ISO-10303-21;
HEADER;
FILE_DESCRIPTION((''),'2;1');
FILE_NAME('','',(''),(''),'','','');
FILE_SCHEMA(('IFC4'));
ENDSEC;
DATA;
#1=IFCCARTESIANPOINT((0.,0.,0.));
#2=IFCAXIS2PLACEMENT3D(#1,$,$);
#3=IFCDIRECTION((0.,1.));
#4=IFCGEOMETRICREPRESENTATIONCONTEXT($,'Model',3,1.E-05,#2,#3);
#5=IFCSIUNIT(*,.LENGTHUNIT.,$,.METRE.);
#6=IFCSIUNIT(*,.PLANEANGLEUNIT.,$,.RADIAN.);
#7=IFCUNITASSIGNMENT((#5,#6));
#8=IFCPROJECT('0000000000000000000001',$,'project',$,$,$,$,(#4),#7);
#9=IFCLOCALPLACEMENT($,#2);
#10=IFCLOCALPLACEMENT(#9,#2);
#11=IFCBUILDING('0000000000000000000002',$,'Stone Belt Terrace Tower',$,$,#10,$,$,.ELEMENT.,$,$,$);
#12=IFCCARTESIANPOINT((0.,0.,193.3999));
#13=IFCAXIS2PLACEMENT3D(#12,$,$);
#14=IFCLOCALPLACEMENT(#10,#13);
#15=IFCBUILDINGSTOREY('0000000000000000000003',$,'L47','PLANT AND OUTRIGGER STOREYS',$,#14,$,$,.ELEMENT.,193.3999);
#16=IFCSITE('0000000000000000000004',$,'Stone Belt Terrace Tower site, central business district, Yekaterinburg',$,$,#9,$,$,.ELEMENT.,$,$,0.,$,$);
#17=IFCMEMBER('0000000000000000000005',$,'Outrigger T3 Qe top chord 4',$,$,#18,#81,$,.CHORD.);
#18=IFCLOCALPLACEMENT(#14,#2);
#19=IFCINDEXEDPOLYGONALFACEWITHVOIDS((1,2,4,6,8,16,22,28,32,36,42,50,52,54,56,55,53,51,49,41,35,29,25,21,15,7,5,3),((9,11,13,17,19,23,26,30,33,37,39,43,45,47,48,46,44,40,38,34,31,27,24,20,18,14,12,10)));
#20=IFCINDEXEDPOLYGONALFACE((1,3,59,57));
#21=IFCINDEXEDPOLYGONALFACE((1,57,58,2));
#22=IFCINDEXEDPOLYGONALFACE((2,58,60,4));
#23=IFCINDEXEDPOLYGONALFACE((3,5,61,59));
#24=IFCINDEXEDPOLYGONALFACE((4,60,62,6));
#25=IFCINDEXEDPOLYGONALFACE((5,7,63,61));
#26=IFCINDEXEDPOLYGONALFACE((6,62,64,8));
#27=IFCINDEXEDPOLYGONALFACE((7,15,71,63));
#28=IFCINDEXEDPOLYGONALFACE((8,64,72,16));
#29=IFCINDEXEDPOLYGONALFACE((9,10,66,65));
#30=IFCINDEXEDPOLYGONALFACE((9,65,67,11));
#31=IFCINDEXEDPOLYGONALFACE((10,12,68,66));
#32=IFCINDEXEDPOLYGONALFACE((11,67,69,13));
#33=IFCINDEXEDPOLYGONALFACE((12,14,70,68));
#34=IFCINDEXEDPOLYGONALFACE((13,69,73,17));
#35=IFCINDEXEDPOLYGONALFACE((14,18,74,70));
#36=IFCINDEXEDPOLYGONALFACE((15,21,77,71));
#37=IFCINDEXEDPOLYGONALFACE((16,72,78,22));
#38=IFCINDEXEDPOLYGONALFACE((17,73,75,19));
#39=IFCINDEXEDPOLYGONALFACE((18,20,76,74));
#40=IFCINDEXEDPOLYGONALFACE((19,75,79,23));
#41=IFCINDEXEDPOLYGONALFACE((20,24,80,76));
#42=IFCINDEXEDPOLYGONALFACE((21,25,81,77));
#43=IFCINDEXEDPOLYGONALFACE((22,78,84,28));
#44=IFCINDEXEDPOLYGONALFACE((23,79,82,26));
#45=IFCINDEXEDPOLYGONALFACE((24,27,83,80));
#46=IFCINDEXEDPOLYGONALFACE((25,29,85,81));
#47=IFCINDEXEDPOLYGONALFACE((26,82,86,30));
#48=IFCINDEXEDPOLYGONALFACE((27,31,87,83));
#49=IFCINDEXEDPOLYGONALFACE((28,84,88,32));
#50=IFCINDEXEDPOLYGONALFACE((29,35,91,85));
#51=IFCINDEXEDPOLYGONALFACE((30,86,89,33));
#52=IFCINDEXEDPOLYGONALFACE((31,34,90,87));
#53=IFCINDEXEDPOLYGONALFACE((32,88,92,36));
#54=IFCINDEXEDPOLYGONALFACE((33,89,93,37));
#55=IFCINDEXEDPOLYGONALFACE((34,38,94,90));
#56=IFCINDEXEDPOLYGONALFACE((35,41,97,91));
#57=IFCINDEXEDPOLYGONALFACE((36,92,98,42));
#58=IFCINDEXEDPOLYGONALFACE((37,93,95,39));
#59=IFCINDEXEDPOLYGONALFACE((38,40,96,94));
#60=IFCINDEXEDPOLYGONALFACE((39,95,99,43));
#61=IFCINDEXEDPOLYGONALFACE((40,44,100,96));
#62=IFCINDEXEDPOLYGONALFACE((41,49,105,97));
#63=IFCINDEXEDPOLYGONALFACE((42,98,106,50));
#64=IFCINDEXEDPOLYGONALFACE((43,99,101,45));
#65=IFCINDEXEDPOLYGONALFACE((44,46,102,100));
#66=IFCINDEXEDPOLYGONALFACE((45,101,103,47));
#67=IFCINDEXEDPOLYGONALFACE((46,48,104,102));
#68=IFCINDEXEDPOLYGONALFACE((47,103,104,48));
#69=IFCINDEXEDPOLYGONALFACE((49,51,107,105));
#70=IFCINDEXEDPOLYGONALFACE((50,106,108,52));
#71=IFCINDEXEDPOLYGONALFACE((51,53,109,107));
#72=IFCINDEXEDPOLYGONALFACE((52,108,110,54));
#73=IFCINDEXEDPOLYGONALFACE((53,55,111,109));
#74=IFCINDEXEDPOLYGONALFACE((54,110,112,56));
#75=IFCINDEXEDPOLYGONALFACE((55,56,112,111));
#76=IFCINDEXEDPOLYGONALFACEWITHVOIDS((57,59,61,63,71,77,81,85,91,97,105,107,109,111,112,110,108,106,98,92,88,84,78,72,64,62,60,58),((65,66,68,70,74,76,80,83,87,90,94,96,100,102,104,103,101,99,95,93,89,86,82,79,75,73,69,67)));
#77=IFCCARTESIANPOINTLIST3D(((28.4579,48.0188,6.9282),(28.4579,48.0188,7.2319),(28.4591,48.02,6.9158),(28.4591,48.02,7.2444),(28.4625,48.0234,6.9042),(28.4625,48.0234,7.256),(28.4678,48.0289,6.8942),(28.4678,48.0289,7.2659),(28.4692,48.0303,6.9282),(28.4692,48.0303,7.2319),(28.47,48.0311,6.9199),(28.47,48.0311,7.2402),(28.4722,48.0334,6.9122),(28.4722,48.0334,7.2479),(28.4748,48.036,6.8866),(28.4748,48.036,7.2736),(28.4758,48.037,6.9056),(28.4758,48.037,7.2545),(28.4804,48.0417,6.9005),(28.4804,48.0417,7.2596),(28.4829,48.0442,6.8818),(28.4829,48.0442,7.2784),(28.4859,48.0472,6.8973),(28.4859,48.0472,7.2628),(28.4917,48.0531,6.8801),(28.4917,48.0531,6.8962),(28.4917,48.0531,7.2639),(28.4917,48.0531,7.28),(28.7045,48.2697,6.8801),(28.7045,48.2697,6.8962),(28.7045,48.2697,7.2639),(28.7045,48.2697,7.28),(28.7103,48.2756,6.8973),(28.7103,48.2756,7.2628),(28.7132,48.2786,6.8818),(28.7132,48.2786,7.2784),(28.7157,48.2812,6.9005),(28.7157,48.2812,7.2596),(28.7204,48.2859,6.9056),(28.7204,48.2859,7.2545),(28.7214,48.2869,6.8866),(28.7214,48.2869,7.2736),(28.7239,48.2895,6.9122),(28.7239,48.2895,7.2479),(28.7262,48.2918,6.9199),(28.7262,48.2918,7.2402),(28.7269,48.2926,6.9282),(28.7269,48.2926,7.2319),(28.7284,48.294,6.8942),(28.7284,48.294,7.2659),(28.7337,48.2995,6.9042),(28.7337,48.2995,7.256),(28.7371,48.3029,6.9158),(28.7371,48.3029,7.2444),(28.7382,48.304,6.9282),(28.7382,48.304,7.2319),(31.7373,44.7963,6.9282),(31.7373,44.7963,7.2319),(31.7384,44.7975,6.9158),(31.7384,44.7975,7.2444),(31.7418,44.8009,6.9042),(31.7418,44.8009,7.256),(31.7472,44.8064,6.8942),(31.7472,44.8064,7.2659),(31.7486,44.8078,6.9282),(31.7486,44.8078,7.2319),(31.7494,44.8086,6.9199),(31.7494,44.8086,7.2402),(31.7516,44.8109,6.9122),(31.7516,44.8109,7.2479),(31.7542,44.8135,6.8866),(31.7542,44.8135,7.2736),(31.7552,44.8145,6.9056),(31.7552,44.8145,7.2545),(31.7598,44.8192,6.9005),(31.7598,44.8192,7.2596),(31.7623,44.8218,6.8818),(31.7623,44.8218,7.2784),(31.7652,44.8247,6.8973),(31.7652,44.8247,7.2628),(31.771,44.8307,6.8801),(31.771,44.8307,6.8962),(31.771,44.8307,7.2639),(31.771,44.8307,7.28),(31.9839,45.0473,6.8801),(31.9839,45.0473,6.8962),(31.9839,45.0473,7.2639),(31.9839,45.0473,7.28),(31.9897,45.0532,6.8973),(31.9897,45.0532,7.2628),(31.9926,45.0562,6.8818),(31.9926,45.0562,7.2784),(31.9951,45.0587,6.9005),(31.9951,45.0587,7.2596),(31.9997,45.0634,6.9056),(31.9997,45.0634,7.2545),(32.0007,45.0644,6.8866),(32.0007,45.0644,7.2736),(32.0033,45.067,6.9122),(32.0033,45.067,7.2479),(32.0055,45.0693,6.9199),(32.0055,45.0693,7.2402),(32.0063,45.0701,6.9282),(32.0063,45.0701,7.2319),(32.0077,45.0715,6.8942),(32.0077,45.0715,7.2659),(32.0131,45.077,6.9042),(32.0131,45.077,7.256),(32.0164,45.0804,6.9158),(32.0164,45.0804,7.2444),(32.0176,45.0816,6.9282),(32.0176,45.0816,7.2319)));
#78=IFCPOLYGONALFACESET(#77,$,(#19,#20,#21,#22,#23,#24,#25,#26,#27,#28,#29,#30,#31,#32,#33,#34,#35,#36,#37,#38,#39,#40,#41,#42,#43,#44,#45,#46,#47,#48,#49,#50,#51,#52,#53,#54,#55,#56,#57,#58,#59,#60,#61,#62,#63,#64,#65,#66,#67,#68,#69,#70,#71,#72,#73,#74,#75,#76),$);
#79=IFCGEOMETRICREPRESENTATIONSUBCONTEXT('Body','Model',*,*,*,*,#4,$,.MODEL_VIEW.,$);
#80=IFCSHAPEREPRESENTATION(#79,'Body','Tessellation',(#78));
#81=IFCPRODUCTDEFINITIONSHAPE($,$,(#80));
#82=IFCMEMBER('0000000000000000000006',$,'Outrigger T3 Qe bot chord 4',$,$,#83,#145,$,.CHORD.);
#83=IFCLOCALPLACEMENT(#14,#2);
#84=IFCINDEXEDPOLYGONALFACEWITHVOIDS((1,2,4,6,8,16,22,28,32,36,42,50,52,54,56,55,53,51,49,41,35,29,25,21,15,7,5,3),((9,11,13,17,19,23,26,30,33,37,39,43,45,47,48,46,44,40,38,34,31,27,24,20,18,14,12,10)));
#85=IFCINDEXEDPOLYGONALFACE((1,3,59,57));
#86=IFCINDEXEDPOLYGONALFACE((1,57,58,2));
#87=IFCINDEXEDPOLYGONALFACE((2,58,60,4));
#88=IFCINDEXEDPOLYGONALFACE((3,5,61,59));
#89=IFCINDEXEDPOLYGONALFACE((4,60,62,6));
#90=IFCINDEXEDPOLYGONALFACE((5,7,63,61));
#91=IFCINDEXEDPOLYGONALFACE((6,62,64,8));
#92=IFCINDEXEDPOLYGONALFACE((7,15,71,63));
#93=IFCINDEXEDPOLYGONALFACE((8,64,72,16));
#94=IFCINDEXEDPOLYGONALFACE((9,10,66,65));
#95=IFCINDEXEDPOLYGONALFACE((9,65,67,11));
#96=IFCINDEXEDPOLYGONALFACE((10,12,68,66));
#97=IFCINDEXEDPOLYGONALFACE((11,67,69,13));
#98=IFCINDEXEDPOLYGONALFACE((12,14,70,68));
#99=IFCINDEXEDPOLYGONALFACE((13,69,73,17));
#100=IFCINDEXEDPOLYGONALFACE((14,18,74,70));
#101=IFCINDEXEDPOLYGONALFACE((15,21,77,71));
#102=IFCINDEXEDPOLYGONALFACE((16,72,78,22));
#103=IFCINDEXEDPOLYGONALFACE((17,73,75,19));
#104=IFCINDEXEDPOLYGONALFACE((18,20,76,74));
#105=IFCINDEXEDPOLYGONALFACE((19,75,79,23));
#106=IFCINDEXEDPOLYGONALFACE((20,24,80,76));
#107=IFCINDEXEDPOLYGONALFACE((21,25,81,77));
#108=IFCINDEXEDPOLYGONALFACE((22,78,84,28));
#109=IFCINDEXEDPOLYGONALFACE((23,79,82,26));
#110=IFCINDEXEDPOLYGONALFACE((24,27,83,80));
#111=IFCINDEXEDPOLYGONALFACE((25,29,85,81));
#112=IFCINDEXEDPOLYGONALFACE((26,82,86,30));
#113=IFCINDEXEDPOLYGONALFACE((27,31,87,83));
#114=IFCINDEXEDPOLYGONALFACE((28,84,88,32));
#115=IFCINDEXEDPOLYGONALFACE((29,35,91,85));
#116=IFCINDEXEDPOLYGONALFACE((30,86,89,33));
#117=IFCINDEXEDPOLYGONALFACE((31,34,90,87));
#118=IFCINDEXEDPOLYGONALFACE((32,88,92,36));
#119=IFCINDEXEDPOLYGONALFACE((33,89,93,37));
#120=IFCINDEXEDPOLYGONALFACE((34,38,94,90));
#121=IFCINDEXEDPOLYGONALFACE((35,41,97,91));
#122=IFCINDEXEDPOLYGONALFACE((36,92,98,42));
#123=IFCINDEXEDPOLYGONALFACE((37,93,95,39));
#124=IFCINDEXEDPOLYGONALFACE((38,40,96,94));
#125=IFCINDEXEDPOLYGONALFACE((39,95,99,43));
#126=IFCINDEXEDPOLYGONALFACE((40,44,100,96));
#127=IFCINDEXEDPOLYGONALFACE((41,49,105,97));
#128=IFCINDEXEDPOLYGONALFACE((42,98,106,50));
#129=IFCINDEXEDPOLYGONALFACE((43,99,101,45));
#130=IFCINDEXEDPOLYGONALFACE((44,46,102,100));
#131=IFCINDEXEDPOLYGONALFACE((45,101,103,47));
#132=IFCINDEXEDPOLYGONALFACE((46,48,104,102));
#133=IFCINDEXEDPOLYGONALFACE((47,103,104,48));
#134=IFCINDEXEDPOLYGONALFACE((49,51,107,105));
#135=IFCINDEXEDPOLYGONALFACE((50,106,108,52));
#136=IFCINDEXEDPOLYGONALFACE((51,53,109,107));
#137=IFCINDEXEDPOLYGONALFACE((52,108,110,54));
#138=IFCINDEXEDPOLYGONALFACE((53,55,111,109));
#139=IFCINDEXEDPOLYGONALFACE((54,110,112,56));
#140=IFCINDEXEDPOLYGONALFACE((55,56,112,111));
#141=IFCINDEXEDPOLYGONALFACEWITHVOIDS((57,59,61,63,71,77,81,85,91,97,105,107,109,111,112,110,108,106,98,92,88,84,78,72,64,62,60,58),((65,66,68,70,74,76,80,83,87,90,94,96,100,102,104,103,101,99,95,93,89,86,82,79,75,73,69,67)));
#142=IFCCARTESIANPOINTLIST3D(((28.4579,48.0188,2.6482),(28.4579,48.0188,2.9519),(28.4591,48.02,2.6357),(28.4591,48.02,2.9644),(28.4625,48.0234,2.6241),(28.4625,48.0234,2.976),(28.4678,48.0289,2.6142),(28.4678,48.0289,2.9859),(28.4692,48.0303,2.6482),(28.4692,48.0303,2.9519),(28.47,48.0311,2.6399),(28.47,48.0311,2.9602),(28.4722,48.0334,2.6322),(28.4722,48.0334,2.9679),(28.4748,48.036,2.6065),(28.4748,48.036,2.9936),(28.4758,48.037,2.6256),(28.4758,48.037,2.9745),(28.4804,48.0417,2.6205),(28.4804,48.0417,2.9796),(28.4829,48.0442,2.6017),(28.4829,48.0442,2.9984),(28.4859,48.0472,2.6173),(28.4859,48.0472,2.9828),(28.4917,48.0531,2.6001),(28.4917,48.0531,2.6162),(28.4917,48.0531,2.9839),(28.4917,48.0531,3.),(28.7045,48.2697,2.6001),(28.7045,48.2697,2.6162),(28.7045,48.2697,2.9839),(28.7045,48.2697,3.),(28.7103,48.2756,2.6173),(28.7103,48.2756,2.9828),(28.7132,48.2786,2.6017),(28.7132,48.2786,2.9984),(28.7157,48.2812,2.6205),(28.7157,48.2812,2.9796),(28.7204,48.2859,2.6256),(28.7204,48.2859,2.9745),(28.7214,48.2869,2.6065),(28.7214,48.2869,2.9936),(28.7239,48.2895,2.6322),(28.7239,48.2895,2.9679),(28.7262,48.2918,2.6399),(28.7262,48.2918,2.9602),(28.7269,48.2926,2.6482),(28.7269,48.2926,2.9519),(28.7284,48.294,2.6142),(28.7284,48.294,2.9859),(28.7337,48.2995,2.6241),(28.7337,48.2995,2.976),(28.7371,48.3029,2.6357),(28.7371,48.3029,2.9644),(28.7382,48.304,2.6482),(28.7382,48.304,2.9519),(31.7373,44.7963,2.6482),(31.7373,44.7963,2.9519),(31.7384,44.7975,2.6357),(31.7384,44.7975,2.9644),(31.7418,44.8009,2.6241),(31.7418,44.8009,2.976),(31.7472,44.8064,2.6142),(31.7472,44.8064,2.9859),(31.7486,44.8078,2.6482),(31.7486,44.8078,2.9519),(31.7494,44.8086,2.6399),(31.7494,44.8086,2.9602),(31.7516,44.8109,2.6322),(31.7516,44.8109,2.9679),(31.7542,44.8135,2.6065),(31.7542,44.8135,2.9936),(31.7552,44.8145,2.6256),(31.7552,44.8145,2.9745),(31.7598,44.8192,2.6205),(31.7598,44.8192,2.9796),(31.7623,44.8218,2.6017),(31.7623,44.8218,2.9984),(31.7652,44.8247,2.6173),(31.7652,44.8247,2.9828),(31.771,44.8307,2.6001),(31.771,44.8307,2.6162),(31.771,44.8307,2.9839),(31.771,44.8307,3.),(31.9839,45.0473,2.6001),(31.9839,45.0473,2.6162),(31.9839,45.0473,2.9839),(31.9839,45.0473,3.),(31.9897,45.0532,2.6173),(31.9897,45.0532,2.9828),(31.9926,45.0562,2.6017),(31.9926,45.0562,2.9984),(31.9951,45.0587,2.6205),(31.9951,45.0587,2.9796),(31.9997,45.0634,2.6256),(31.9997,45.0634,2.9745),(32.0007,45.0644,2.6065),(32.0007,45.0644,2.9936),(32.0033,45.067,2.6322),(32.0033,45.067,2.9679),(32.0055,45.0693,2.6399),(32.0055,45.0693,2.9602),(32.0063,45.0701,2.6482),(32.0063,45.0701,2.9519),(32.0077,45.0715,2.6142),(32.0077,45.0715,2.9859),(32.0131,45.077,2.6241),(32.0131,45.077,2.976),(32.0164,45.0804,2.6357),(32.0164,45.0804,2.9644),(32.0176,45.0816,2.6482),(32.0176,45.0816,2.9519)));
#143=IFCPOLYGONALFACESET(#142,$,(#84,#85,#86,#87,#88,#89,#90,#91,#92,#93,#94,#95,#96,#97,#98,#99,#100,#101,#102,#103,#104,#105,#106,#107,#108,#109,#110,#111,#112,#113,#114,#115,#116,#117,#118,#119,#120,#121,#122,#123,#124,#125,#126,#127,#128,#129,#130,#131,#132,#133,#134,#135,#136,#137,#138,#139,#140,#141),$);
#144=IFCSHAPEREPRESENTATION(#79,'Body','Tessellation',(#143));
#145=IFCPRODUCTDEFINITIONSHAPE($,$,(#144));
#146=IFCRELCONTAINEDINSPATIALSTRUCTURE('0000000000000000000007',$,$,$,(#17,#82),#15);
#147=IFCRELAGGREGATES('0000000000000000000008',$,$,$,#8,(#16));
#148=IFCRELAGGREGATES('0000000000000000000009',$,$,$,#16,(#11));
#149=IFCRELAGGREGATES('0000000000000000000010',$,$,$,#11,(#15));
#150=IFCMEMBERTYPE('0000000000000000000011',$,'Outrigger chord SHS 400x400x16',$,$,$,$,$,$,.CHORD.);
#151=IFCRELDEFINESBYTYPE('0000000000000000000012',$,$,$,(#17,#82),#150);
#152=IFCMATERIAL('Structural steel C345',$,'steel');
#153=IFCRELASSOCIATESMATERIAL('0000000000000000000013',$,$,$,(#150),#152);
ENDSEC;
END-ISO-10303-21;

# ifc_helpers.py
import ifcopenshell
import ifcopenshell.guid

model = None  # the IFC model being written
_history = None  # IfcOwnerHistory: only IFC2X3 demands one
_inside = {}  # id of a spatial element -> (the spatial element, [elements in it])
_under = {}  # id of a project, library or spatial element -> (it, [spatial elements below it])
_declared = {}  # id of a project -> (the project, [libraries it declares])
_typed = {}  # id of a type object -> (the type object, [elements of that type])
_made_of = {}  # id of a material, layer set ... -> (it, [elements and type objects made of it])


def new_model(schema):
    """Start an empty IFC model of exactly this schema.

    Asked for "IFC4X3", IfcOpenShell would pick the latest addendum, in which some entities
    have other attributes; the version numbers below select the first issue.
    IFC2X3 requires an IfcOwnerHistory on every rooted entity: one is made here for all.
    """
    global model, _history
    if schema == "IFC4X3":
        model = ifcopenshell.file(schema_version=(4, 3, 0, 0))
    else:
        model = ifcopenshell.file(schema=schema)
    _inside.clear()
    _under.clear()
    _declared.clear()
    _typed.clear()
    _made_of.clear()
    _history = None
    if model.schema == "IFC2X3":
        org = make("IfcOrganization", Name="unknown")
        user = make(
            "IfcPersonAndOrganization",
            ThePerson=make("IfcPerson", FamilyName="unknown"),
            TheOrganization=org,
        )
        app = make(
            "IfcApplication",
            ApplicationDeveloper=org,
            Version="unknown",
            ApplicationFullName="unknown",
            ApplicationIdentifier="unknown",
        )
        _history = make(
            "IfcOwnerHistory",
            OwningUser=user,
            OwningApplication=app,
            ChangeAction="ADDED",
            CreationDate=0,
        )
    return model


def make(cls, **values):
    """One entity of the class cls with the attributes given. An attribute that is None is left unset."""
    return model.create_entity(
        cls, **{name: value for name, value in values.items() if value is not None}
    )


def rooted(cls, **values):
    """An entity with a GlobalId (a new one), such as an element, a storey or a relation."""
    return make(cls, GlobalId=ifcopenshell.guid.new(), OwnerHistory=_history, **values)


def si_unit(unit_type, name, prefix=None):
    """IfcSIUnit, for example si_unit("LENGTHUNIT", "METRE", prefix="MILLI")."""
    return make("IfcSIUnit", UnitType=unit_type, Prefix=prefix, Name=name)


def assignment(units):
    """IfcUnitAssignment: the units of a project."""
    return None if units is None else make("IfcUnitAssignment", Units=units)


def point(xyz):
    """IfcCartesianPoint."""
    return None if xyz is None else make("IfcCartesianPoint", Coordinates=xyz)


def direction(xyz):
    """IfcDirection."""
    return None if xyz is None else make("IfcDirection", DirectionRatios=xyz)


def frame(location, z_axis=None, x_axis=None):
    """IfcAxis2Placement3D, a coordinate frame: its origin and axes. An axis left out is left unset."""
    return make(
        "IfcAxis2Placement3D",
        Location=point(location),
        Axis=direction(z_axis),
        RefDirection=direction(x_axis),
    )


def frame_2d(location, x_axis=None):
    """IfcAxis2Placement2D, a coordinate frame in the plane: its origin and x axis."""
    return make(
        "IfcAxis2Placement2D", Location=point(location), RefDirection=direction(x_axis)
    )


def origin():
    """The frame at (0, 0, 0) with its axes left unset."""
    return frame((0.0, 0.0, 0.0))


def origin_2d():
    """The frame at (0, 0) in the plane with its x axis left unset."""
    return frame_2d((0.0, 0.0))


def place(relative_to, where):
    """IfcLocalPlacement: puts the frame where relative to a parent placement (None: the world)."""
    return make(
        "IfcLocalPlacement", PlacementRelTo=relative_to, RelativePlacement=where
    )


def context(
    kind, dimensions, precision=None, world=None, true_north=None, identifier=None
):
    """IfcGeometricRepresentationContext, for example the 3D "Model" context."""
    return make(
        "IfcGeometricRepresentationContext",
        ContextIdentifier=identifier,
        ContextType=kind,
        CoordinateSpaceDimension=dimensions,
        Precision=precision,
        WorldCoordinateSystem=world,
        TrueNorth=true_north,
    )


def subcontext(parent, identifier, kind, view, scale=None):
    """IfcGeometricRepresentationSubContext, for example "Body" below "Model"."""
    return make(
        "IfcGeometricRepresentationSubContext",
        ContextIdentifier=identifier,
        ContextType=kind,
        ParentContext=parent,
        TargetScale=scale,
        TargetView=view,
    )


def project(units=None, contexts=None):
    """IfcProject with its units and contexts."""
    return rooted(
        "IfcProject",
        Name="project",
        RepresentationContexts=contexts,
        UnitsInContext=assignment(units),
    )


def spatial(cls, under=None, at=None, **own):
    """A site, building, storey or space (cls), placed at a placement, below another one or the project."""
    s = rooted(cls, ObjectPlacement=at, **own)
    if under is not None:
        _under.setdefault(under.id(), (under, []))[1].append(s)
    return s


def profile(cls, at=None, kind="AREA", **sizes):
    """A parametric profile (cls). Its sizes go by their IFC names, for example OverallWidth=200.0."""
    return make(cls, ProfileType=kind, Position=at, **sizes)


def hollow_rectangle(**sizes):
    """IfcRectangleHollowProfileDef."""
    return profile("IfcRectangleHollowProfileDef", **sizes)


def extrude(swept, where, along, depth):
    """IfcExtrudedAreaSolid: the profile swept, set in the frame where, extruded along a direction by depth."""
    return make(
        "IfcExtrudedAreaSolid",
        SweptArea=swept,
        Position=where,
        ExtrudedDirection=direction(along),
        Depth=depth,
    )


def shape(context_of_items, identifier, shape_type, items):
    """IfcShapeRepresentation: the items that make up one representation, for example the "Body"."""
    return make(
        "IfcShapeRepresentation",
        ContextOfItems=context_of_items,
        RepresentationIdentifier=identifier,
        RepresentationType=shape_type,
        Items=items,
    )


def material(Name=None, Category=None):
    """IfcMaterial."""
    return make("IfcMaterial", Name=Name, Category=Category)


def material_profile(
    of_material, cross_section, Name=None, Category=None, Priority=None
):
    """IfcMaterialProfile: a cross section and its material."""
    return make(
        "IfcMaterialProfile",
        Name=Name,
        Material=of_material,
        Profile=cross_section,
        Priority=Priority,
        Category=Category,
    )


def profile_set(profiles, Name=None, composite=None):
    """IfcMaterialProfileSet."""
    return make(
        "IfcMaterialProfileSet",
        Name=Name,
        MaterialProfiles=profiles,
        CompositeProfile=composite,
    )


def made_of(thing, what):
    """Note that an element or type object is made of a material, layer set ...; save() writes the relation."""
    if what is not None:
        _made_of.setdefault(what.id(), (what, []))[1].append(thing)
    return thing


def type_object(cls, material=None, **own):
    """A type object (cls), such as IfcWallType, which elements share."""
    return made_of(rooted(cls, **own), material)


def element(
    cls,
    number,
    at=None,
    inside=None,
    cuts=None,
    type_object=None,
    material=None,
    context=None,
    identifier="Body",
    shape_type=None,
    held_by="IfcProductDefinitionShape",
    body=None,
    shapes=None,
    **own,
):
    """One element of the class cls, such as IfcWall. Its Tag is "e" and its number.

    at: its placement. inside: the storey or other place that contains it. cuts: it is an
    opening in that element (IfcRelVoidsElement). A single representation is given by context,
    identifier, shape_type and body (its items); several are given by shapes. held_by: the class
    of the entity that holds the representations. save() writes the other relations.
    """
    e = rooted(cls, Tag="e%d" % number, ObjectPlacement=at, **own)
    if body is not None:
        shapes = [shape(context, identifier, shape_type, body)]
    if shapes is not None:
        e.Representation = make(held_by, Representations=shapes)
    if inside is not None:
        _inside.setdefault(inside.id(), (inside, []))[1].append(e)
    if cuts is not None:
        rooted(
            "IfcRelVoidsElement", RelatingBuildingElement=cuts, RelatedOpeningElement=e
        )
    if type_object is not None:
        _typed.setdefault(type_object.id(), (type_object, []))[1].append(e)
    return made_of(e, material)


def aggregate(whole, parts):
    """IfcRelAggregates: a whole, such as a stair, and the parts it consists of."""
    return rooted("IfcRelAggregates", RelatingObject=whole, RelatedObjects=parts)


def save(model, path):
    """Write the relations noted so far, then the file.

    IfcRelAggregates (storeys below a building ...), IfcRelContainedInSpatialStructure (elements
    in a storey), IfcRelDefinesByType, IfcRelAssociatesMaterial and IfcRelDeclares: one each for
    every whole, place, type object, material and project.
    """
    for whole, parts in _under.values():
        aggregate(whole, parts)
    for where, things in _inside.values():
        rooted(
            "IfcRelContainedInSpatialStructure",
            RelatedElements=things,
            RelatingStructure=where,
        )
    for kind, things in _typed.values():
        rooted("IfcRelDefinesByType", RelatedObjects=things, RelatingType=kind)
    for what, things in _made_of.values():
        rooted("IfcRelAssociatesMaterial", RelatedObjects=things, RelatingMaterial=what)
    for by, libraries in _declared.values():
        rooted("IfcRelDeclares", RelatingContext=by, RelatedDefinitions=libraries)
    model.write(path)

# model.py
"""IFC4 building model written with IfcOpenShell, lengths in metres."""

from ifc_helpers import new_model, si_unit, direction, frame, origin, origin_2d, place, context, subcontext, project, spatial, hollow_rectangle, extrude, material, material_profile, profile_set, type_object, element, save


model = new_model("IFC4")

# Units and contexts
model_context = context("Model", 3, precision=1e-05, world=origin(), true_north=direction((0.0, 1.0)))
body_context = subcontext(model_context, "Body", "Model", "MODEL_VIEW")
ifc_project = project(units=[si_unit("LENGTHUNIT", "METRE"), si_unit("PLANEANGLEUNIT", "RADIAN")], contexts=[model_context])

# Site, building, storey
site_placement = place(None, origin())
site = spatial("IfcSite", under=ifc_project, at=site_placement, Name="Stone Belt Terrace Tower site, central business district, Yekaterinburg", CompositionType="ELEMENT", RefElevation=0.0)
building_placement = place(site_placement, origin())
building = spatial("IfcBuilding", under=site, at=building_placement, Name="Stone Belt Terrace Tower", CompositionType="ELEMENT")
storey_placement = place(building_placement, frame((0.0, 0.0, 193.3999)))
storey = spatial("IfcBuildingStorey", under=building, at=storey_placement, Name="L47", Description="PLANT AND OUTRIGGER STOREYS", CompositionType="ELEMENT", Elevation=193.3999)

# Members
ifc_material_1 = material(Name="Structural steel C345", Category="steel")
ifc_material_profile_1 = material_profile(ifc_material_1, hollow_rectangle(XDim=0.3999, YDim=0.3999, WallThickness=0.0161, InnerFilletRadius=0.032, OuterFilletRadius=0.0481, at=origin_2d()), Name="SHS 400x400x16")
ifc_profile_set_1 = profile_set([ifc_material_profile_1], Name="Structural steel C345")
member_type_1 = type_object("IfcMemberType", Name="Outrigger chord SHS 400x400x16", PredefinedType="CHORD", material=ifc_profile_set_1)
for number, where, z_axis, x_axis, name in (
    (1, (31.8774, 44.939, 7.0801), (-0.713266, 0.700893, 0.0), (-0.700893, -0.713266, 0.0), "Outrigger T3 Qe top chord 4"),
    (2, (31.8774, 44.939, 2.8), (-0.713266, 0.700893, 0.0), (-0.700893, -0.713266, 0.0), "Outrigger T3 Qe bot chord 4"),
):
    element("IfcMember", number, at=place(storey_placement, frame(where, z_axis=z_axis, x_axis=x_axis)), inside=storey, type_object=member_type_1, Name=name, PredefinedType="CHORD", context=body_context, shape_type="SweptSolid", body=[
        extrude(hollow_rectangle(XDim=0.3999, YDim=0.3999, WallThickness=0.0161, InnerFilletRadius=0.032, OuterFilletRadius=0.0481, at=origin_2d()), origin(), (0.0, 0.0, 1.0), 4.5977),
    ])

save(model, "model.ifc")
